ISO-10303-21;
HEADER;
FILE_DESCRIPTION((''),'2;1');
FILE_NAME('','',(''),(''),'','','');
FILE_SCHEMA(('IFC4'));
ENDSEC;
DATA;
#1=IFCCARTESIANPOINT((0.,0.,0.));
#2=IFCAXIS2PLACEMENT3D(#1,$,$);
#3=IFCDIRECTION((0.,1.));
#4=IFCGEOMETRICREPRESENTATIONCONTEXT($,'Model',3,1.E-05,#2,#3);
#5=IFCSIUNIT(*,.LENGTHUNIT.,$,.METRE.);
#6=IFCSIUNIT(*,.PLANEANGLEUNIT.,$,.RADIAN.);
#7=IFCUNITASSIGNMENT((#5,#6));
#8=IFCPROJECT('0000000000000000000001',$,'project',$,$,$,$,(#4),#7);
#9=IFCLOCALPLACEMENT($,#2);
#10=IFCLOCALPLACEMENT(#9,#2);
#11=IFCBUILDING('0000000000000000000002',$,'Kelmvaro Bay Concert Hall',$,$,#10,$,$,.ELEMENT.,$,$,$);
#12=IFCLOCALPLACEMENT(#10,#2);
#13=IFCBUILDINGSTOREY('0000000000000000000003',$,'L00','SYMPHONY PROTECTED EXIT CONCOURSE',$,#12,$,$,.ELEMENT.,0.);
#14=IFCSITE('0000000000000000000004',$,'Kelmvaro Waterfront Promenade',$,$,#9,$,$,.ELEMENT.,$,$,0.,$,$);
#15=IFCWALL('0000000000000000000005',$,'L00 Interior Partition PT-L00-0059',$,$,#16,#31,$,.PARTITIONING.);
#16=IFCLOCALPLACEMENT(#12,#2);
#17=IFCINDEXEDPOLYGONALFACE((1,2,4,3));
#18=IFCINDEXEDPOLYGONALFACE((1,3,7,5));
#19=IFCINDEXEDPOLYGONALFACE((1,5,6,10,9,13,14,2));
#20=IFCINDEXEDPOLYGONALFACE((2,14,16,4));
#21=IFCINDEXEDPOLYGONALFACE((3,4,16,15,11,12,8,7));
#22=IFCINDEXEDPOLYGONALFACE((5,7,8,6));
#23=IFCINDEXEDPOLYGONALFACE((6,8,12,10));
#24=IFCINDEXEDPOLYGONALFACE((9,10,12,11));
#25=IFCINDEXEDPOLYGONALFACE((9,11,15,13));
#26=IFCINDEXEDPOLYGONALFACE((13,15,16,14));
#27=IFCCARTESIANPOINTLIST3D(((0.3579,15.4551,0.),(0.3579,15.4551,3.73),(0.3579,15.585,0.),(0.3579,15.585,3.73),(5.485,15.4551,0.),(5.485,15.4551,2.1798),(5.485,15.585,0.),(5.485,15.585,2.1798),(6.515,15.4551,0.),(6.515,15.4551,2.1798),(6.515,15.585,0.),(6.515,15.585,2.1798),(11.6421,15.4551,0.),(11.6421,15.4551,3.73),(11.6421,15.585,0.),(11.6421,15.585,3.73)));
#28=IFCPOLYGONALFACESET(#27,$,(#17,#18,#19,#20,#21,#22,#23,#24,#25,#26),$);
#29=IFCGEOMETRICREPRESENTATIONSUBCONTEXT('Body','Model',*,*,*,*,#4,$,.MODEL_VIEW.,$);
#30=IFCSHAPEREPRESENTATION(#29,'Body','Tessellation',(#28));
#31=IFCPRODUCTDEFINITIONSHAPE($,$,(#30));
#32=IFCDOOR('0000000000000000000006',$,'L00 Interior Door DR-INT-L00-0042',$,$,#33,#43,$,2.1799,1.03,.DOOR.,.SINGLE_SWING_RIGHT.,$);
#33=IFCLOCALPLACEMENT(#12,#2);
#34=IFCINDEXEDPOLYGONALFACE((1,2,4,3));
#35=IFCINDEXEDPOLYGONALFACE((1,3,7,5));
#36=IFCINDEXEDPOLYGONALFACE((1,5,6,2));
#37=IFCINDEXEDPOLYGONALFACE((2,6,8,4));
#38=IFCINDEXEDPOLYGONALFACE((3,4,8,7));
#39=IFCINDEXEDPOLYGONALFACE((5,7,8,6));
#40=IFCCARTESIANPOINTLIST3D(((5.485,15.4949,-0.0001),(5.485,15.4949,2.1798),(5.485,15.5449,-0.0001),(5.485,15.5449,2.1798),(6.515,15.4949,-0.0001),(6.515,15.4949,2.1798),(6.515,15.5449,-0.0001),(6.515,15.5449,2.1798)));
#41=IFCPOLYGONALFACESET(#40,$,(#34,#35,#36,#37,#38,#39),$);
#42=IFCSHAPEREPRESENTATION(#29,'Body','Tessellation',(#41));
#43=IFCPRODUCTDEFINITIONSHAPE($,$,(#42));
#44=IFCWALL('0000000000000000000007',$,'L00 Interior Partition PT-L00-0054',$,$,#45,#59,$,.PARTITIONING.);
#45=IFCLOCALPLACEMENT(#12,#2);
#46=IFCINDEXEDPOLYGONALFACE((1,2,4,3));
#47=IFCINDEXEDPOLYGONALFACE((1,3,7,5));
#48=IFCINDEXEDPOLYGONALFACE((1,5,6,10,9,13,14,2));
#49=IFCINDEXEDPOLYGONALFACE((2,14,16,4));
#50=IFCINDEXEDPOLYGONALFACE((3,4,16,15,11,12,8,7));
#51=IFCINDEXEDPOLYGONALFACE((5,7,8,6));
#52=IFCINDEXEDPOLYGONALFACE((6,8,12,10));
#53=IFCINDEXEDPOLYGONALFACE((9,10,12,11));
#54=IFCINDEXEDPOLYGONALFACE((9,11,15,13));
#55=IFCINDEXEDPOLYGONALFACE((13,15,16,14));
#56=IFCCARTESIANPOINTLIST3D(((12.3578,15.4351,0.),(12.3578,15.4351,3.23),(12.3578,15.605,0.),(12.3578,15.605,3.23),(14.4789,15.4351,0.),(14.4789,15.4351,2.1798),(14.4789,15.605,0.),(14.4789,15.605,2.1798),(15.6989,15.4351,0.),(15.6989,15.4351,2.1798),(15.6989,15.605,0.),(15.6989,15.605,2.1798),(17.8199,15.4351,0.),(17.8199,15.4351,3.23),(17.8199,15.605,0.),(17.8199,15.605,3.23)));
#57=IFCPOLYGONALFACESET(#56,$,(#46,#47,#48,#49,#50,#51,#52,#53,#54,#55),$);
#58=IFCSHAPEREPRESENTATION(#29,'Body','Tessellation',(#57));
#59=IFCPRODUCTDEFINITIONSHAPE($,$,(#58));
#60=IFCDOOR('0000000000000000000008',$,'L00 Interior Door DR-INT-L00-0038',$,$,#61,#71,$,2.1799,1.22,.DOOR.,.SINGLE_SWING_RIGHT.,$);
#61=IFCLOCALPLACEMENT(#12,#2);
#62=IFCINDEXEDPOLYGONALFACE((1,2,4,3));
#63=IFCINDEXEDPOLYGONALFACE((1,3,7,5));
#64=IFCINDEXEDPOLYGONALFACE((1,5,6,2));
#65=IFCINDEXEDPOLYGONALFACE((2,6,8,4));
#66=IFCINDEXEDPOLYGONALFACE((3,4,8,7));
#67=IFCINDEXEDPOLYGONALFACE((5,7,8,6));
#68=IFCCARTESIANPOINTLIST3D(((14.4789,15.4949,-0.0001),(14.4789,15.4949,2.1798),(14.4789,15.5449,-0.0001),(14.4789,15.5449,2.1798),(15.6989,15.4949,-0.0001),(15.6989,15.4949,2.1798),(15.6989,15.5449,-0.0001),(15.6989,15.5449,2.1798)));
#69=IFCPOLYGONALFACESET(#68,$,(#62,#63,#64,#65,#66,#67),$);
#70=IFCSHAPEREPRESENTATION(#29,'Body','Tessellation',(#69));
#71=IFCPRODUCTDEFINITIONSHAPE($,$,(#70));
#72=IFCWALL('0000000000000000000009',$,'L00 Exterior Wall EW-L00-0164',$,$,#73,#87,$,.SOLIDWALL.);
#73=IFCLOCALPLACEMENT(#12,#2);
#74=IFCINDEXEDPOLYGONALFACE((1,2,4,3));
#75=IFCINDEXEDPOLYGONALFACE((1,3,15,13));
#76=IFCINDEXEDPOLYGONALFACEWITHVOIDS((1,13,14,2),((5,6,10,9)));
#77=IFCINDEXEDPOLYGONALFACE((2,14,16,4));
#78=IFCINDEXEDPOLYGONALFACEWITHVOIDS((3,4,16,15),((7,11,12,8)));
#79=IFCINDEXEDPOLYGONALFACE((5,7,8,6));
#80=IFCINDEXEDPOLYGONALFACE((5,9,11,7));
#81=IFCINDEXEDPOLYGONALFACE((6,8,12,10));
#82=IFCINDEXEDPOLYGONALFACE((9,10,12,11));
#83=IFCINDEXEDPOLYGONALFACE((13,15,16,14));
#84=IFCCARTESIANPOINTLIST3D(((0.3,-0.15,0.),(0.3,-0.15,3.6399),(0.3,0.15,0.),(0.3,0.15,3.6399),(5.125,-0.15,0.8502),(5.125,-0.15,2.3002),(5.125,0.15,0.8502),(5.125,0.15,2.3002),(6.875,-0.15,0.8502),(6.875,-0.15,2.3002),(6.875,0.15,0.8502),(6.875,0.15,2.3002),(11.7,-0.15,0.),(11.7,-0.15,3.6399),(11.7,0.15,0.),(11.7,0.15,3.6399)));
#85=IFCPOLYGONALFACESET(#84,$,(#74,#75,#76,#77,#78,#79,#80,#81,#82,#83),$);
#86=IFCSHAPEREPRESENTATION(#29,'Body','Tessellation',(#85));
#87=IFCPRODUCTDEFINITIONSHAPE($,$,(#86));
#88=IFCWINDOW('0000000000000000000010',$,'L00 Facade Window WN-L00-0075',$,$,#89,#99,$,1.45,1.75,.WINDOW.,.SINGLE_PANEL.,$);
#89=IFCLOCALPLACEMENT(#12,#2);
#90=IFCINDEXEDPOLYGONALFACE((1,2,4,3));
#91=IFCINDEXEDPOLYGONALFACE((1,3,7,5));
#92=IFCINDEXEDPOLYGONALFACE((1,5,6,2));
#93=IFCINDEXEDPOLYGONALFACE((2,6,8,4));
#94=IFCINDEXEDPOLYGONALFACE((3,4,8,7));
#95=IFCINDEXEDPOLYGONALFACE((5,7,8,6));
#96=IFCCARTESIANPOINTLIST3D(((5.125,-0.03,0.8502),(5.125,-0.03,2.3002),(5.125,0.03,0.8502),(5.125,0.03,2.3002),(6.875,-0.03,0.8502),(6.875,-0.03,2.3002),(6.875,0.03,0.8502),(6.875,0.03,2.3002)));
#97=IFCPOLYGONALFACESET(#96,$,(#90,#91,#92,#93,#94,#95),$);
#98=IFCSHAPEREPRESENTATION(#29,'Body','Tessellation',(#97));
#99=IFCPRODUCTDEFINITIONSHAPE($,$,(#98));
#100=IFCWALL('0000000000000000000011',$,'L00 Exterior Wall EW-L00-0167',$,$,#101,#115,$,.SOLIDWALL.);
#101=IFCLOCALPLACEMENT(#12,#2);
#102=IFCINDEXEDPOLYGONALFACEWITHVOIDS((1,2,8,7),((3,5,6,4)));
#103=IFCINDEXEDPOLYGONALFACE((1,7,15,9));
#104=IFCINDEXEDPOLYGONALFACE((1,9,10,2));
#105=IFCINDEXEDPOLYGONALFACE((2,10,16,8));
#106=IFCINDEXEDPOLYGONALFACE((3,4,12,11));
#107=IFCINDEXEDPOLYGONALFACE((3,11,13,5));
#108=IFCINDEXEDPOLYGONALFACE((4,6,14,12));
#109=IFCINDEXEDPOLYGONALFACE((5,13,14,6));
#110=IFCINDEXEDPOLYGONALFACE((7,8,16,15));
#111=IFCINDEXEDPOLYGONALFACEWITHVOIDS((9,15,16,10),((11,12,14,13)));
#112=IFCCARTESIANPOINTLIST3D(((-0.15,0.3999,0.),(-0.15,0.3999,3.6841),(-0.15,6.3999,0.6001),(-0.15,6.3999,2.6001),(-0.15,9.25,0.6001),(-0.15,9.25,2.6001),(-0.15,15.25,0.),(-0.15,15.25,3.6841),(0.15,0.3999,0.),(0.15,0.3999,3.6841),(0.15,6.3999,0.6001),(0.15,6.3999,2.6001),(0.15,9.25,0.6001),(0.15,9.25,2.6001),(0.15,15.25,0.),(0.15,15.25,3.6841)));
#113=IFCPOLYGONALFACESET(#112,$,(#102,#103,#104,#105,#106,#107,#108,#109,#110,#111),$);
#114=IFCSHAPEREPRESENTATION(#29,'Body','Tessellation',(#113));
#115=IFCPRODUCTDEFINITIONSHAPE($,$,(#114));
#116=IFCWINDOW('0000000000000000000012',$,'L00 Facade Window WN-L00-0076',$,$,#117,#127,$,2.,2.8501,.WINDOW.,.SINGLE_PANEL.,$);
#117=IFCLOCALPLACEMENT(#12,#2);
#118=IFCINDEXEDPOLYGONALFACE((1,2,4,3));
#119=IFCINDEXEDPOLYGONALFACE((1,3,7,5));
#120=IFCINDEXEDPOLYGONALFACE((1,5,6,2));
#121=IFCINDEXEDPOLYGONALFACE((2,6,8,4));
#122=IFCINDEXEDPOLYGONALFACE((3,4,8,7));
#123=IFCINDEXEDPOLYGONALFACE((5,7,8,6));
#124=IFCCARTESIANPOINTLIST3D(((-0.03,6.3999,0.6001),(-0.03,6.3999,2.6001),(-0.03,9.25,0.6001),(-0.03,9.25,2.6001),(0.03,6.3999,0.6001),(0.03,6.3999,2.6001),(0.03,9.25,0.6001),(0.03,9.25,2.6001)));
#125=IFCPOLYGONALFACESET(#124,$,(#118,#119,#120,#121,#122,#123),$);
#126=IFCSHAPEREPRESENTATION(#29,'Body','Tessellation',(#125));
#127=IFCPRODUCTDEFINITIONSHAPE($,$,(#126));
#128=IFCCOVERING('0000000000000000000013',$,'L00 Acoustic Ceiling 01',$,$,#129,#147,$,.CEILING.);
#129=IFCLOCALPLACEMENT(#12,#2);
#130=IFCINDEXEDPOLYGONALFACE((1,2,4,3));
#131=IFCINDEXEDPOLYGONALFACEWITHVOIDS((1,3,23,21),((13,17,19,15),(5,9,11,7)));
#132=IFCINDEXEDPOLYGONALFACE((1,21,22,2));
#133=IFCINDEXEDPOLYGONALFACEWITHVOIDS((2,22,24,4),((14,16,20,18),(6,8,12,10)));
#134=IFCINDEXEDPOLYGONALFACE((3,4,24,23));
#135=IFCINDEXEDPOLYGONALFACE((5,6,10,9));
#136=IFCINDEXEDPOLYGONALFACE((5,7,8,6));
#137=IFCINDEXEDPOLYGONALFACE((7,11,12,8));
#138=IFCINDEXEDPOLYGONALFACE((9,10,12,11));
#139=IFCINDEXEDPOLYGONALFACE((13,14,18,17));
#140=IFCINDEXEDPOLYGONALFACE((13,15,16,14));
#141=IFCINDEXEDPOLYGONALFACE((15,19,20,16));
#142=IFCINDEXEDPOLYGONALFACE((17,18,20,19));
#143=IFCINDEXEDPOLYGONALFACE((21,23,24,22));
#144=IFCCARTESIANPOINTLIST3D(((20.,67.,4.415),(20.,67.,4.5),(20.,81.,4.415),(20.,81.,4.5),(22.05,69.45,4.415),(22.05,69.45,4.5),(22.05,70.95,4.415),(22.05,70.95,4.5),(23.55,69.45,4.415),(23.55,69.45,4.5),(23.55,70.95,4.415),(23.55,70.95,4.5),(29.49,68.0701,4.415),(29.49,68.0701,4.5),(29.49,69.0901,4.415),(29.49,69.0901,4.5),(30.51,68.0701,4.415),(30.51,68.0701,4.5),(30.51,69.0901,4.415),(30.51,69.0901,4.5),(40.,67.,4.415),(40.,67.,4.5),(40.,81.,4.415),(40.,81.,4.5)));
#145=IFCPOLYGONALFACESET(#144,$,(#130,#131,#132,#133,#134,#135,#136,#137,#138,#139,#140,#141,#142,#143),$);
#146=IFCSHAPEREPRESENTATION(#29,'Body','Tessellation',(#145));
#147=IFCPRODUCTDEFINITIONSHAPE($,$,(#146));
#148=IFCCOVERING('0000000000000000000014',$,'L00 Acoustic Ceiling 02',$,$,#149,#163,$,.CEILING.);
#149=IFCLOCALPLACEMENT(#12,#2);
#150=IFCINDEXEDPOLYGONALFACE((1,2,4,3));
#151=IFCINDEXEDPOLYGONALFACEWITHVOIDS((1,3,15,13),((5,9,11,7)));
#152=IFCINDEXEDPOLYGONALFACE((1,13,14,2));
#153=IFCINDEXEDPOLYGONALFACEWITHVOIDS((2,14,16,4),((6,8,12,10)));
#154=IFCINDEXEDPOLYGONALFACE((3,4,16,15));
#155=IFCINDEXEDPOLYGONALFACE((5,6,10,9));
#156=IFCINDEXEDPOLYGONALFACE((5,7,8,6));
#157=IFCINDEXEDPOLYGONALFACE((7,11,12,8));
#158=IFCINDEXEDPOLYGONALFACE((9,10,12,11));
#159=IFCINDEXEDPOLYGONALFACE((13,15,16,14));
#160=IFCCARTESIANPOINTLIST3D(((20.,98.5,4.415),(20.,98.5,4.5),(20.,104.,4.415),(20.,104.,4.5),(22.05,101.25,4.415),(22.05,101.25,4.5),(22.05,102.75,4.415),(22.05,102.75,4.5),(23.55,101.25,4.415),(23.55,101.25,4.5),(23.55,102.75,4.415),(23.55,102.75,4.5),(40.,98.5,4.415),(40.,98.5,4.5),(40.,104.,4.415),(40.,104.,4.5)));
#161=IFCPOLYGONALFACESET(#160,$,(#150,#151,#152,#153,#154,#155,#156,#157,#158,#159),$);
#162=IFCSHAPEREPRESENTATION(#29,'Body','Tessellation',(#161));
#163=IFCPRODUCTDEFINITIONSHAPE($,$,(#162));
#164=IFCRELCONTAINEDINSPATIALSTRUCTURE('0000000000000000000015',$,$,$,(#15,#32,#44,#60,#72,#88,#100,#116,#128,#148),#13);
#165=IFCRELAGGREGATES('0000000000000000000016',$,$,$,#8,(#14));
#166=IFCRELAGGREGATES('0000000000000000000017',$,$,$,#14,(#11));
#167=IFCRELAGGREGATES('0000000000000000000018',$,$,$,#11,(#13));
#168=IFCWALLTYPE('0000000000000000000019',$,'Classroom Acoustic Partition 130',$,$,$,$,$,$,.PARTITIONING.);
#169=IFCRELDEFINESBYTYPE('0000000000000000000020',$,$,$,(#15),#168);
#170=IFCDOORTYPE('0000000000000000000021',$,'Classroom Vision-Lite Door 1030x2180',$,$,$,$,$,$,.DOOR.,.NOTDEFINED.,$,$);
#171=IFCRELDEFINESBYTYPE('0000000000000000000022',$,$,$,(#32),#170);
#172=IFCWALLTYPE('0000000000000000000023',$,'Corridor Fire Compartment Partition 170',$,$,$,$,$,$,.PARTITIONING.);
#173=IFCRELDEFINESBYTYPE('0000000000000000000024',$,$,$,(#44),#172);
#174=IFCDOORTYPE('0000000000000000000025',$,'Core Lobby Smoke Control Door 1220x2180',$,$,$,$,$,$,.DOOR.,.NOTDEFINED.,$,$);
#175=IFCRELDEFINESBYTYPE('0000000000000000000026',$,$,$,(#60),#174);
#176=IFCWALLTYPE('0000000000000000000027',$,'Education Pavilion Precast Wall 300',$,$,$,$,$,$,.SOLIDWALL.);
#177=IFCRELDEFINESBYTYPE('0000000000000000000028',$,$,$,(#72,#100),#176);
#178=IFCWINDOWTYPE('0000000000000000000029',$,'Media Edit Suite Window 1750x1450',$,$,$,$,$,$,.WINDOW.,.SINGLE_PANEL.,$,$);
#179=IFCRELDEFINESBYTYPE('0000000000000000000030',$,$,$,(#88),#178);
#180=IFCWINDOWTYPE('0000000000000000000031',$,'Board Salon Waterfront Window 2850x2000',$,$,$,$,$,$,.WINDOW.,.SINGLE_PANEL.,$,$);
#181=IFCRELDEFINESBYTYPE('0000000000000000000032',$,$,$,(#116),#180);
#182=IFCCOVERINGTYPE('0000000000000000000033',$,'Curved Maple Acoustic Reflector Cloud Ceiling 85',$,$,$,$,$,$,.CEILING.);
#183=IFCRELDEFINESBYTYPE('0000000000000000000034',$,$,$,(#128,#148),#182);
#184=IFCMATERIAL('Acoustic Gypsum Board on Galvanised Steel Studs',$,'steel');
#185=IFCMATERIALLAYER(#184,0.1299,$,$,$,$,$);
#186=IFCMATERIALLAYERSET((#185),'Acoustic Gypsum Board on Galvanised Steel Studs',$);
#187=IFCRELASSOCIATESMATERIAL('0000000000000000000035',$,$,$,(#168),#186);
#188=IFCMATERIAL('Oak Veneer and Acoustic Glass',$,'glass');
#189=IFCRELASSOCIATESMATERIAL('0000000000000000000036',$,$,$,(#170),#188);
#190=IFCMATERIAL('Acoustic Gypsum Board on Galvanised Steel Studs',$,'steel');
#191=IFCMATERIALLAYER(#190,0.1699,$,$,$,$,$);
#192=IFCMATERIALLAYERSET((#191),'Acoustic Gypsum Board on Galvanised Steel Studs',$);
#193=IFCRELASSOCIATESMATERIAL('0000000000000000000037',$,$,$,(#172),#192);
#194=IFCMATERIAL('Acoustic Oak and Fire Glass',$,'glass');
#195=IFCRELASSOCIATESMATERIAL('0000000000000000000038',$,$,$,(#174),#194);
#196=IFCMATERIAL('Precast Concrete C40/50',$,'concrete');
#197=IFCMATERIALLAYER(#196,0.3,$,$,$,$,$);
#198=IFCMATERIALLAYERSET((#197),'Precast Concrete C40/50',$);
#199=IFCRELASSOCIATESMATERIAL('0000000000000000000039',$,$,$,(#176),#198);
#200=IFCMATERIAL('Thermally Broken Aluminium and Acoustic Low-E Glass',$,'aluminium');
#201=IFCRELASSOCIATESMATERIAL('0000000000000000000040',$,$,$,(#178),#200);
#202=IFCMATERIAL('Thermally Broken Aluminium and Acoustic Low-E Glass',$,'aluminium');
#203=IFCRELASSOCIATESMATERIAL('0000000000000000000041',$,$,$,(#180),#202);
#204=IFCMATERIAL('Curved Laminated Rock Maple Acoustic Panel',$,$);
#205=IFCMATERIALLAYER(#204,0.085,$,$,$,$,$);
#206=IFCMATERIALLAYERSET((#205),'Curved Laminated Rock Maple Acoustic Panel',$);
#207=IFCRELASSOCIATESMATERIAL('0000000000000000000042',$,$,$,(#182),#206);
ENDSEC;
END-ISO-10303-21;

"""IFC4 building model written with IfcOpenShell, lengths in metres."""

from ifc_helpers import new_model, si_unit, direction, frame, frame_2d, origin, place, context, subcontext, project, spatial, polyline, rectangle, outline, extrude, material, layer, layer_set, type_object, element, fill, save


model = new_model("IFC4")

# Units and contexts
model_context = context("Model", 3, precision=1e-05, world=origin(), true_north=direction((0.0, 1.0)))
body_context = subcontext(model_context, "Body", "Model", "MODEL_VIEW")
ifc_project = project(units=[si_unit("LENGTHUNIT", "METRE"), si_unit("PLANEANGLEUNIT", "RADIAN")], contexts=[model_context])

# Site, building, storey
site_placement = place(None, origin())
site = spatial("IfcSite", under=ifc_project, at=site_placement, Name="Kelmvaro Waterfront Promenade", CompositionType="ELEMENT", RefElevation=0.0)
building_placement = place(site_placement, origin())
building = spatial("IfcBuilding", under=site, at=building_placement, Name="Kelmvaro Bay Concert Hall", CompositionType="ELEMENT")
storey_placement = place(building_placement, origin())
storey = spatial("IfcBuildingStorey", under=building, at=storey_placement, Name="L00", Description="SYMPHONY PROTECTED EXIT CONCOURSE", CompositionType="ELEMENT", Elevation=0.0)

# Shared definitions
ifc_material_1 = material(Name="Acoustic Gypsum Board on Galvanised Steel Studs", Category="steel")
ifc_layer_1 = layer(ifc_material_1, 0.1299)
ifc_layer_set_1 = layer_set([ifc_layer_1], Name="Acoustic Gypsum Board on Galvanised Steel Studs")
wall_type_1 = type_object("IfcWallType", Name="Classroom Acoustic Partition 130", PredefinedType="PARTITIONING", material=ifc_layer_set_1)

# Walls, openings, doors
wall_1_placement = place(storey_placement, frame((0.3579, 15.52, 0.0), z_axis=(0.0, 0.0, 1.0), x_axis=(1.0, 0.0, 0.0)))
wall_1 = element("IfcWall", 1, at=wall_1_placement, inside=storey, type_object=wall_type_1, Name="L00 Interior Partition PT-L00-0059", PredefinedType="PARTITIONING", context=body_context, shape_type="SweptSolid", body=[
    extrude(rectangle(XDim=11.2842, YDim=0.1299, at=frame_2d((5.6421, 0.0))), origin(), (0.0, 0.0, 1.0), 3.73),
])
opening_1_placement = place(wall_1_placement, frame((5.127, 0.0, 0.0)))
opening_1 = element("IfcOpeningElement", 2, at=opening_1_placement, cuts=wall_1, PredefinedType="OPENING", context=body_context, shape_type="SweptSolid", body=[
    extrude(rectangle(XDim=1.03, YDim=2.1799, at=frame_2d((0.5151, 1.0898))), frame((0.0, 0.075, 0.0), z_axis=(0.0, -1.0, 0.0), x_axis=(1.0, 0.0, 0.0)), (0.0, 0.0, 1.0), 0.1499),
])
ifc_material_2 = material(Name="Oak Veneer and Acoustic Glass", Category="glass")
door_type_1 = type_object("IfcDoorType", Name="Classroom Vision-Lite Door 1030x2180", OperationType="NOTDEFINED", PredefinedType="DOOR", material=ifc_material_2)
door_1_placement = place(opening_1_placement, origin())
door_1 = element("IfcDoor", 3, at=door_1_placement, inside=storey, type_object=door_type_1, Name="L00 Interior Door DR-INT-L00-0042", OperationType="SINGLE_SWING_RIGHT", OverallHeight=2.1799, OverallWidth=1.03, PredefinedType="DOOR", context=body_context, shape_type="SweptSolid", body=[
    extrude(rectangle(XDim=1.03, YDim=2.1799, at=frame_2d((0.5151, 1.0898))), frame((0.0, 0.0249, 0.0), z_axis=(0.0, -1.0, 0.0), x_axis=(1.0, 0.0, 0.0)), (0.0, 0.0, 1.0), 0.05),
])
fill(opening_1, door_1)
ifc_material_3 = material(Name="Acoustic Gypsum Board on Galvanised Steel Studs", Category="steel")
ifc_layer_2 = layer(ifc_material_3, 0.1699)
ifc_layer_set_2 = layer_set([ifc_layer_2], Name="Acoustic Gypsum Board on Galvanised Steel Studs")
wall_type_2 = type_object("IfcWallType", Name="Corridor Fire Compartment Partition 170", PredefinedType="PARTITIONING", material=ifc_layer_set_2)
wall_2_placement = place(storey_placement, frame((12.3579, 15.52, 0.0), z_axis=(0.0, 0.0, 1.0), x_axis=(1.0, 0.0, 0.0)))
wall_2 = element("IfcWall", 4, at=wall_2_placement, inside=storey, type_object=wall_type_2, Name="L00 Interior Partition PT-L00-0054", PredefinedType="PARTITIONING", context=body_context, shape_type="SweptSolid", body=[
    extrude(rectangle(XDim=5.4622, YDim=0.1699, at=frame_2d((2.731, 0.0))), origin(), (0.0, 0.0, 1.0), 3.23),
])
opening_2_placement = place(wall_2_placement, frame((2.1211, 0.0, 0.0)))
opening_2 = element("IfcOpeningElement", 5, at=opening_2_placement, cuts=wall_2, PredefinedType="OPENING", context=body_context, shape_type="SweptSolid", body=[
    extrude(rectangle(XDim=1.22, YDim=2.1799, at=frame_2d((0.6099, 1.0898))), frame((0.0, 0.095, 0.0), z_axis=(0.0, -1.0, 0.0), x_axis=(1.0, 0.0, 0.0)), (0.0, 0.0, 1.0), 0.1899),
])
ifc_material_4 = material(Name="Acoustic Oak and Fire Glass", Category="glass")
door_type_2 = type_object("IfcDoorType", Name="Core Lobby Smoke Control Door 1220x2180", OperationType="NOTDEFINED", PredefinedType="DOOR", material=ifc_material_4)
door_2_placement = place(opening_2_placement, origin())
door_2 = element("IfcDoor", 6, at=door_2_placement, inside=storey, type_object=door_type_2, Name="L00 Interior Door DR-INT-L00-0038", OperationType="SINGLE_SWING_RIGHT", OverallHeight=2.1799, OverallWidth=1.22, PredefinedType="DOOR", context=body_context, shape_type="SweptSolid", body=[
    extrude(rectangle(XDim=1.22, YDim=2.1799, at=frame_2d((0.6099, 1.0898))), frame((0.0, 0.0249, 0.0), z_axis=(0.0, -1.0, 0.0), x_axis=(1.0, 0.0, 0.0)), (0.0, 0.0, 1.0), 0.05),
])
fill(opening_2, door_2)

# Walls, openings, windows
ifc_material_5 = material(Name="Precast Concrete C40/50", Category="concrete")
ifc_layer_3 = layer(ifc_material_5, 0.3)
ifc_layer_set_3 = layer_set([ifc_layer_3], Name="Precast Concrete C40/50")
wall_type_3 = type_object("IfcWallType", Name="Education Pavilion Precast Wall 300", PredefinedType="SOLIDWALL", material=ifc_layer_set_3)
wall_3_placement = place(storey_placement, frame((11.7, 0.0, 0.0), z_axis=(0.0, 0.0, 1.0), x_axis=(-1.0, 0.0, 0.0)))
wall_3 = element("IfcWall", 7, at=wall_3_placement, inside=storey, type_object=wall_type_3, Name="L00 Exterior Wall EW-L00-0164", PredefinedType="SOLIDWALL", context=body_context, shape_type="SweptSolid", body=[
    extrude(rectangle(XDim=11.3999, YDim=0.3, at=frame_2d((5.7, 0.0))), origin(), (0.0, 0.0, 1.0), 3.6399),
])
opening_3_placement = place(wall_3_placement, frame((4.825, 0.0, 0.8501)))
opening_3 = element("IfcOpeningElement", 8, at=opening_3_placement, cuts=wall_3, PredefinedType="OPENING", context=body_context, shape_type="SweptSolid", body=[
    extrude(rectangle(XDim=1.75, YDim=1.45, at=frame_2d((0.875, 0.7251))), frame((0.0, 0.1599, 0.0), z_axis=(0.0, -1.0, 0.0), x_axis=(1.0, 0.0, 0.0)), (0.0, 0.0, 1.0), 0.3201),
])
ifc_material_6 = material(Name="Thermally Broken Aluminium and Acoustic Low-E Glass", Category="aluminium")
window_type_1 = type_object("IfcWindowType", Name="Media Edit Suite Window 1750x1450", PartitioningType="SINGLE_PANEL", PredefinedType="WINDOW", material=ifc_material_6)
window_1_placement = place(opening_3_placement, origin())
window_1 = element("IfcWindow", 9, at=window_1_placement, inside=storey, type_object=window_type_1, Name="L00 Facade Window WN-L00-0075", OverallHeight=1.45, OverallWidth=1.75, PartitioningType="SINGLE_PANEL", PredefinedType="WINDOW", context=body_context, shape_type="SweptSolid", body=[
    extrude(rectangle(XDim=1.75, YDim=1.45, at=frame_2d((0.875, 0.7251))), frame((0.0, 0.03, 0.0), z_axis=(0.0, -1.0, 0.0), x_axis=(1.0, 0.0, 0.0)), (0.0, 0.0, 1.0), 0.0601),
])
fill(opening_3, window_1)
wall_4_placement = place(storey_placement, frame((0.0, 0.3999, 0.0), z_axis=(0.0, 0.0, 1.0), x_axis=(0.0, 1.0, 0.0)))
wall_4 = element("IfcWall", 10, at=wall_4_placement, inside=storey, type_object=wall_type_3, Name="L00 Exterior Wall EW-L00-0167", PredefinedType="SOLIDWALL", context=body_context, shape_type="SweptSolid", body=[
    extrude(rectangle(XDim=14.8501, YDim=0.3, at=frame_2d((7.425, 0.0))), origin(), (0.0, 0.0, 1.0), 3.6841),
])
opening_4_placement = place(wall_4_placement, frame((6.0, 0.0, 0.6001)))
opening_4 = element("IfcOpeningElement", 11, at=opening_4_placement, cuts=wall_4, PredefinedType="OPENING", context=body_context, shape_type="SweptSolid", body=[
    extrude(rectangle(XDim=2.8501, YDim=2.0, at=frame_2d((1.425, 1.0))), frame((0.0, 0.1599, 0.0), z_axis=(0.0, -1.0, 0.0), x_axis=(1.0, 0.0, 0.0)), (0.0, 0.0, 1.0), 0.3201),
])
ifc_material_7 = material(Name="Thermally Broken Aluminium and Acoustic Low-E Glass", Category="aluminium")
window_type_2 = type_object("IfcWindowType", Name="Board Salon Waterfront Window 2850x2000", PartitioningType="SINGLE_PANEL", PredefinedType="WINDOW", material=ifc_material_7)
window_2_placement = place(opening_4_placement, origin())
window_2 = element("IfcWindow", 12, at=window_2_placement, inside=storey, type_object=window_type_2, Name="L00 Facade Window WN-L00-0076", OverallHeight=2.0, OverallWidth=2.8501, PartitioningType="SINGLE_PANEL", PredefinedType="WINDOW", context=body_context, shape_type="SweptSolid", body=[
    extrude(rectangle(XDim=2.8501, YDim=2.0, at=frame_2d((1.425, 1.0))), frame((0.0, 0.03, 0.0), z_axis=(0.0, -1.0, 0.0), x_axis=(1.0, 0.0, 0.0)), (0.0, 0.0, 1.0), 0.0601),
])
fill(opening_4, window_2)

# Coverings
ifc_material_8 = material(Name="Curved Laminated Rock Maple Acoustic Panel")
ifc_layer_4 = layer(ifc_material_8, 0.085)
ifc_layer_set_4 = layer_set([ifc_layer_4], Name="Curved Laminated Rock Maple Acoustic Panel")
covering_type_1 = type_object("IfcCoveringType", Name="Curved Maple Acoustic Reflector Cloud Ceiling 85", PredefinedType="CEILING", material=ifc_layer_set_4)
covering_1_placement = place(storey_placement, frame((0.0, 0.0, 4.415)))
element("IfcCovering", 13, at=covering_1_placement, inside=storey, type_object=covering_type_1, Name="L00 Acoustic Ceiling 01", PredefinedType="CEILING", context=body_context, shape_type="SweptSolid", body=[
    extrude(outline(polyline([(20.0, 81.0), (40.0, 81.0), (40.0, 67.0), (20.0, 67.0), (20.0, 81.0)]), holes=[polyline([(29.49, 69.0901), (29.49, 68.0701), (30.51, 68.0701), (30.51, 69.0901), (29.49, 69.0901)]), polyline([(23.55, 70.95), (22.05, 70.95), (22.05, 69.45), (23.55, 69.45), (23.55, 70.95)])]), origin(), (0.0, 0.0, 1.0), 0.085),
])
covering_2_placement = place(storey_placement, frame((0.0, 0.0, 4.415)))
element("IfcCovering", 14, at=covering_2_placement, inside=storey, type_object=covering_type_1, Name="L00 Acoustic Ceiling 02", PredefinedType="CEILING", context=body_context, shape_type="SweptSolid", body=[
    extrude(outline(polyline([(20.0, 98.5), (20.0, 104.0), (40.0, 104.0), (40.0, 98.5), (20.0, 98.5)]), holes=[polyline([(23.55, 102.75), (22.05, 102.75), (22.05, 101.25), (23.55, 101.25), (23.55, 102.75)])]), origin(), (0.0, 0.0, 1.0), 0.085),
])

save(model, "model.ifc")
